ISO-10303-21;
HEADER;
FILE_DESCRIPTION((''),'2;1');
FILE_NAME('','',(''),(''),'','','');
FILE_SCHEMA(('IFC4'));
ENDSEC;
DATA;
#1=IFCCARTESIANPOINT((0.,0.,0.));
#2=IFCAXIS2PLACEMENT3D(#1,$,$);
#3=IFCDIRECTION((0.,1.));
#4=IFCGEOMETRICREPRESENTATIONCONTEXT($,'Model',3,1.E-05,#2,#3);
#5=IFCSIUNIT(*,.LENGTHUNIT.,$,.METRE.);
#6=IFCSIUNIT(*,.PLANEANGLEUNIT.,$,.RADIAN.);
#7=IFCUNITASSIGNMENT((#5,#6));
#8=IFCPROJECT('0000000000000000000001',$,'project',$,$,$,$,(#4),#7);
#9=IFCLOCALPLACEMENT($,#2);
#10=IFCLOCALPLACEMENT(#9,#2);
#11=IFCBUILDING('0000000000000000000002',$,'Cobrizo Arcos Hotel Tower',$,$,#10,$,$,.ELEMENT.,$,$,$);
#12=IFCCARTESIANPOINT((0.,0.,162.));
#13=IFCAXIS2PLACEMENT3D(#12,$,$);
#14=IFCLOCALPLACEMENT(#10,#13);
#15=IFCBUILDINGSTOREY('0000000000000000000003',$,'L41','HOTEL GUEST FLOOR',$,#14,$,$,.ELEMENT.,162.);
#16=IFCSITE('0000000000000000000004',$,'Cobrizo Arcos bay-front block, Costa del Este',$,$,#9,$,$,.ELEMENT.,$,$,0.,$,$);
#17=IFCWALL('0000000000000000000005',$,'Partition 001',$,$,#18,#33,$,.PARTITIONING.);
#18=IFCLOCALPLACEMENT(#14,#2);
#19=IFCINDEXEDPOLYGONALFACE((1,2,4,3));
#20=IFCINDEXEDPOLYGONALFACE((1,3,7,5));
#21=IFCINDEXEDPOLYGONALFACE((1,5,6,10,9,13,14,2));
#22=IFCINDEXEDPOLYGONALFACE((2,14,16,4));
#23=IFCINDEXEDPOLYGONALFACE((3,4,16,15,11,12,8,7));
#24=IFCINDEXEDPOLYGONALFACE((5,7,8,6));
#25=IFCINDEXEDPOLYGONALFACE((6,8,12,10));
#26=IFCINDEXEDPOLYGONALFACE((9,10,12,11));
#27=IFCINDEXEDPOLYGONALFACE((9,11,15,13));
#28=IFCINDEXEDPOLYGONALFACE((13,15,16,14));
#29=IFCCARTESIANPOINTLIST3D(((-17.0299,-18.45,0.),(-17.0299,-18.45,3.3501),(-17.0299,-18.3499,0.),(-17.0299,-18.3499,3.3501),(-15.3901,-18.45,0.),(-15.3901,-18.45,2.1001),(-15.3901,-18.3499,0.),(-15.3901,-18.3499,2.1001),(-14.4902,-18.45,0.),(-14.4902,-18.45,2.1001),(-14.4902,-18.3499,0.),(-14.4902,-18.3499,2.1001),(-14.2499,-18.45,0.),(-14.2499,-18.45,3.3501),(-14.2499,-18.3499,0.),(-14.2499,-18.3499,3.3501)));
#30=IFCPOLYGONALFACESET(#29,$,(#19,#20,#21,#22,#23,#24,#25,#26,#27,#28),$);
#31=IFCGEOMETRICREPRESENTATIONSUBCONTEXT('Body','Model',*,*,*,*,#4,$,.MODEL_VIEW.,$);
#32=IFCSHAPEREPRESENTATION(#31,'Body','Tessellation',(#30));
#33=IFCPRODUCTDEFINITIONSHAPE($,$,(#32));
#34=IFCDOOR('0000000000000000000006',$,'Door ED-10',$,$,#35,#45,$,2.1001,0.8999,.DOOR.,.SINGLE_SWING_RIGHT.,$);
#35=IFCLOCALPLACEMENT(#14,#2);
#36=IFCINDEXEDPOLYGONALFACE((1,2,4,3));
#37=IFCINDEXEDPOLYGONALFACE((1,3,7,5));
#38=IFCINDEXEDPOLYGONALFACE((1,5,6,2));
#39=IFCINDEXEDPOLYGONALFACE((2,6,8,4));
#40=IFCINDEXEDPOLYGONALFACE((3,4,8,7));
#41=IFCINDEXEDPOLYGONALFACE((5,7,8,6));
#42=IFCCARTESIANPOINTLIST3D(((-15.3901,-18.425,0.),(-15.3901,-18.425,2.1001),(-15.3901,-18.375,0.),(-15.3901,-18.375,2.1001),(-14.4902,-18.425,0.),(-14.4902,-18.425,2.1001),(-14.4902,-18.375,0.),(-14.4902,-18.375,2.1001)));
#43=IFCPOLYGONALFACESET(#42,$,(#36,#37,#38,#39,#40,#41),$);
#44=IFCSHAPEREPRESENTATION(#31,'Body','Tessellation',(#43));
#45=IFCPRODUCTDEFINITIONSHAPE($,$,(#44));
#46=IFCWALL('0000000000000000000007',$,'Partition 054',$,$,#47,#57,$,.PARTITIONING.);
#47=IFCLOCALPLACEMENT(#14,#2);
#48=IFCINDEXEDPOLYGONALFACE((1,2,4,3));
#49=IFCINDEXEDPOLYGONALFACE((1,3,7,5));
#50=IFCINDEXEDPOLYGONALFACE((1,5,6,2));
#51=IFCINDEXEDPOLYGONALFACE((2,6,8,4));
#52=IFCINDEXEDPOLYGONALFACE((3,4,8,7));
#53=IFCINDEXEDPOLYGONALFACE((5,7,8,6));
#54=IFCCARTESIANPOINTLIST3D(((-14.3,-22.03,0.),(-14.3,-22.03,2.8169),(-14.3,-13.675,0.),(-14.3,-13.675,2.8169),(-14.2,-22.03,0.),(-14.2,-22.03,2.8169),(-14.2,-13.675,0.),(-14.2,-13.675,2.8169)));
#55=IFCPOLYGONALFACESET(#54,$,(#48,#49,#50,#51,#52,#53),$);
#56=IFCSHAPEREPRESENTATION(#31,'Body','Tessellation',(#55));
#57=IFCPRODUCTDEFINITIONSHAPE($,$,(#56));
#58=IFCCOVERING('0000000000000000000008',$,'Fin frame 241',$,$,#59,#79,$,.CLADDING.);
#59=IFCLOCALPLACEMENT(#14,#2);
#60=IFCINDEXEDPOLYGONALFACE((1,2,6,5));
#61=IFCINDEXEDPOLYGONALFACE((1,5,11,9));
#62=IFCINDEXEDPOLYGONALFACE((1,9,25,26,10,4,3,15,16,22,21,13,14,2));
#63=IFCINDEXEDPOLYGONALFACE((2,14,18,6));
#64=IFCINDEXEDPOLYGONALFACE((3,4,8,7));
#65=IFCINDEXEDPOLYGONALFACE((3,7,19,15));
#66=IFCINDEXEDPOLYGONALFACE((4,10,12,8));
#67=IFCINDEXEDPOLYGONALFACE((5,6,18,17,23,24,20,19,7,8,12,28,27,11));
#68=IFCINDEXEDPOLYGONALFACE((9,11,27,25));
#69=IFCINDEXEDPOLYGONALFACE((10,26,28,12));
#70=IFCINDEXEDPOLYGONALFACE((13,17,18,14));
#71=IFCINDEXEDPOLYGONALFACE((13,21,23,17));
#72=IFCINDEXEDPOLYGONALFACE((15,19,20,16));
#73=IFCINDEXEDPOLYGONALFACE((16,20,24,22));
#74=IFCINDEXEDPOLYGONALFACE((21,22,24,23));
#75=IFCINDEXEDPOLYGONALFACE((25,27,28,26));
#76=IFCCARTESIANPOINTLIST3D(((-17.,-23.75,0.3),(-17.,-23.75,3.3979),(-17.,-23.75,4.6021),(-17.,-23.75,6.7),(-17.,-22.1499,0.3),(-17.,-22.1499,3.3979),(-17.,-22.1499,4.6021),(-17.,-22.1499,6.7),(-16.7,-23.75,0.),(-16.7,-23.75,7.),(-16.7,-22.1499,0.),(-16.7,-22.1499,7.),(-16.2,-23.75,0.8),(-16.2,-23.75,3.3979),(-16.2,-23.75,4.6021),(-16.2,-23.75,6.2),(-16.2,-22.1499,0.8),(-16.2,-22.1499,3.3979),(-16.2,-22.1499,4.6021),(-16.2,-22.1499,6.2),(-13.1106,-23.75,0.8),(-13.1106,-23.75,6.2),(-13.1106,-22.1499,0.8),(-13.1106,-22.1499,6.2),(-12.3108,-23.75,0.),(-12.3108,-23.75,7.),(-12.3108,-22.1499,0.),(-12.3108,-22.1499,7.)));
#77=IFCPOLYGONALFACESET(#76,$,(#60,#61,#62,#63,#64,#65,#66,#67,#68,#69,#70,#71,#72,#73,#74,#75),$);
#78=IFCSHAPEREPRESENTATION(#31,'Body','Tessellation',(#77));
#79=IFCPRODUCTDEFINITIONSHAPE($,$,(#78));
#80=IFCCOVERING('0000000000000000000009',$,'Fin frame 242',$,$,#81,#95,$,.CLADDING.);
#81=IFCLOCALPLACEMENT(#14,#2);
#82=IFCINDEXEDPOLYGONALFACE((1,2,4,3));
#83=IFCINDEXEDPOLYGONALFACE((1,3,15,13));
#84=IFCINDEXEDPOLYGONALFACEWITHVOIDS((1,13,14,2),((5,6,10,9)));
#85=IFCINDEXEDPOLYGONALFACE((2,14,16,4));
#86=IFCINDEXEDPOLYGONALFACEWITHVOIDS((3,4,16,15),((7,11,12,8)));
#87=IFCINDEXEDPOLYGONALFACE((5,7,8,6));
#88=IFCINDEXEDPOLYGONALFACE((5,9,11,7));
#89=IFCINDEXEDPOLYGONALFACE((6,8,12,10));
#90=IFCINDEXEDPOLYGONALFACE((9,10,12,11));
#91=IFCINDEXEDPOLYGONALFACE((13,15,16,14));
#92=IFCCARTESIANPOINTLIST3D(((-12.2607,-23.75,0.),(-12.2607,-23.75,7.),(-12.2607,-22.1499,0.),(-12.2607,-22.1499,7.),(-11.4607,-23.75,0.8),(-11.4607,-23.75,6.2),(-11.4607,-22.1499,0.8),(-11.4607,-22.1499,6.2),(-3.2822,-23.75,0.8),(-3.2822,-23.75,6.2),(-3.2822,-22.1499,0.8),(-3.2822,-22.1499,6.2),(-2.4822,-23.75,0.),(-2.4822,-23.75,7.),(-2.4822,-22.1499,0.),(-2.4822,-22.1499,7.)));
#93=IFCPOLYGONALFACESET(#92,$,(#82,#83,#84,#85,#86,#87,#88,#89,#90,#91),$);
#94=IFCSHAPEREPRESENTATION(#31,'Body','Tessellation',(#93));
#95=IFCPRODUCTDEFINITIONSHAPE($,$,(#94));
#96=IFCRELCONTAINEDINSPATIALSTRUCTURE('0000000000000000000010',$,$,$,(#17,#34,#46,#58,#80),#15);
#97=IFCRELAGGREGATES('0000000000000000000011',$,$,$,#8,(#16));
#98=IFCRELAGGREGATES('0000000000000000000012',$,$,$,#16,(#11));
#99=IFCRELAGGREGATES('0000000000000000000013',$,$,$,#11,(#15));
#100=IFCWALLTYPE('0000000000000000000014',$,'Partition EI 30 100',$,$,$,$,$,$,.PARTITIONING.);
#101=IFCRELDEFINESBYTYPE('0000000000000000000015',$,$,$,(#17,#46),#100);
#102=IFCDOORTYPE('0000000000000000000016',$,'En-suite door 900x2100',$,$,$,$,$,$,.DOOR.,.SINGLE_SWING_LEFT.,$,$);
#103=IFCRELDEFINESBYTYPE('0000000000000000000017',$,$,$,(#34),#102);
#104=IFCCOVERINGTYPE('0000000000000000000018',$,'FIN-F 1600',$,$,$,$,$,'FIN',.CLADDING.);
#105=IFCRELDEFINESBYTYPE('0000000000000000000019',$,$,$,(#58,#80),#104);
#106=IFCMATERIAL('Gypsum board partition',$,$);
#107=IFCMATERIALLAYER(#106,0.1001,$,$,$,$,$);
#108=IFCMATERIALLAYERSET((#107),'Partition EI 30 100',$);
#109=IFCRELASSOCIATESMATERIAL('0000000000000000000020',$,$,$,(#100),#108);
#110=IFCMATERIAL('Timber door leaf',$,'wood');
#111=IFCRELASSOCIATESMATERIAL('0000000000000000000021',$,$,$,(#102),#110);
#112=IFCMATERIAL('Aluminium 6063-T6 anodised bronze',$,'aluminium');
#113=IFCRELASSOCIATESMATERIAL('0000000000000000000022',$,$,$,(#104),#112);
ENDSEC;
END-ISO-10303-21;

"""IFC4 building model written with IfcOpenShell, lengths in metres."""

from ifc_helpers import new_model, si_unit, direction, frame, frame_2d, origin, place, context, subcontext, project, spatial, polyline, rectangle, outline, extrude, material, layer, layer_set, type_object, element, fill, save


model = new_model("IFC4")

# Units and contexts
model_context = context("Model", 3, precision=1e-05, world=origin(), true_north=direction((0.0, 1.0)))
body_context = subcontext(model_context, "Body", "Model", "MODEL_VIEW")
ifc_project = project(units=[si_unit("LENGTHUNIT", "METRE"), si_unit("PLANEANGLEUNIT", "RADIAN")], contexts=[model_context])

# Site, building, storey
site_placement = place(None, origin())
site = spatial("IfcSite", under=ifc_project, at=site_placement, Name="Cobrizo Arcos bay-front block, Costa del Este", CompositionType="ELEMENT", RefElevation=0.0)
building_placement = place(site_placement, origin())
building = spatial("IfcBuilding", under=site, at=building_placement, Name="Cobrizo Arcos Hotel Tower", CompositionType="ELEMENT")
storey_placement = place(building_placement, frame((0.0, 0.0, 162.0)))
storey = spatial("IfcBuildingStorey", under=building, at=storey_placement, Name="L41", Description="HOTEL GUEST FLOOR", CompositionType="ELEMENT", Elevation=162.0)

# Shared definitions
ifc_material_1 = material(Name="Aluminium 6063-T6 anodised bronze", Category="aluminium")

# Wall, opening, door
ifc_material_2 = material(Name="Gypsum board partition")
ifc_layer_1 = layer(ifc_material_2, 0.1001)
ifc_layer_set_1 = layer_set([ifc_layer_1], Name="Partition EI 30 100")
wall_type = type_object("IfcWallType", Name="Partition EI 30 100", PredefinedType="PARTITIONING", material=ifc_layer_set_1)
wall_1_placement = place(storey_placement, frame((-17.03, -18.3999, 0.0), z_axis=(0.0, 0.0, 1.0), x_axis=(1.0, 0.0, 0.0)))
wall_1 = element("IfcWall", 1, at=wall_1_placement, inside=storey, type_object=wall_type, Name="Partition 001", PredefinedType="PARTITIONING", context=body_context, shape_type="SweptSolid", body=[
    extrude(rectangle(XDim=2.78, YDim=0.1001, at=frame_2d((1.3901, 0.0))), origin(), (0.0, 0.0, 1.0), 3.3501),
])
opening_placement = place(wall_1_placement, frame((1.6399, 0.0, 0.0)))
opening = element("IfcOpeningElement", 2, at=opening_placement, cuts=wall_1, PredefinedType="OPENING", context=body_context, shape_type="SweptSolid", body=[
    extrude(rectangle(XDim=0.8999, YDim=2.1001, at=frame_2d((0.45, 1.05))), frame((0.0, 0.062, 0.0), z_axis=(0.0, -1.0, 0.0), x_axis=(1.0, 0.0, 0.0)), (0.0, 0.0, 1.0), 0.124),
])
ifc_material_3 = material(Name="Timber door leaf", Category="wood")
door_type = type_object("IfcDoorType", Name="En-suite door 900x2100", OperationType="SINGLE_SWING_LEFT", PredefinedType="DOOR", material=ifc_material_3)
door_placement = place(opening_placement, origin())
door = element("IfcDoor", 3, at=door_placement, inside=storey, type_object=door_type, Name="Door ED-10", OperationType="SINGLE_SWING_RIGHT", OverallHeight=2.1001, OverallWidth=0.8999, PredefinedType="DOOR", context=body_context, shape_type="SweptSolid", body=[
    extrude(rectangle(XDim=0.8999, YDim=2.1001, at=frame_2d((0.45, 1.05))), frame((0.0, 0.0249, 0.0), z_axis=(0.0, -1.0, 0.0), x_axis=(1.0, 0.0, 0.0)), (0.0, 0.0, 1.0), 0.05),
])
fill(opening, door)

# Wall
wall_2_placement = place(storey_placement, frame((-14.25, -22.03, 0.0), z_axis=(0.0, 0.0, 1.0), x_axis=(0.0, 1.0, 0.0)))
element("IfcWall", 4, at=wall_2_placement, inside=storey, type_object=wall_type, Name="Partition 054", PredefinedType="PARTITIONING", context=body_context, shape_type="SweptSolid", body=[
    extrude(rectangle(XDim=8.355, YDim=0.1001, at=frame_2d((4.1775, 0.0))), origin(), (0.0, 0.0, 1.0), 2.8169),
])

# Coverings
covering_type = type_object("IfcCoveringType", Name="FIN-F 1600", ElementType="FIN", PredefinedType="CLADDING", material=ifc_material_1)
covering_1_placement = place(storey_placement, frame((-17.0, -22.1499, 0.0), z_axis=(0.0, -1.0, 0.0), x_axis=(1.0, 0.0, 0.0)))
element("IfcCovering", 5, at=covering_1_placement, inside=storey, type_object=covering_type, Name="Fin frame 241", PredefinedType="CLADDING", context=body_context, shape_type="SweptSolid", body=[
    extrude(outline(polyline([(0.0, 6.7), (0.0, 4.6021), (0.8, 4.6021), (0.8, 6.2), (3.8894, 6.2), (3.8894, 0.8), (0.8, 0.8), (0.8, 3.3979), (0.0, 3.3979), (0.0, 0.3), (0.3, 0.0), (4.6892, 0.0), (4.6892, 7.0), (0.3, 7.0), (0.0, 6.7)])), origin(), (0.0, 0.0, 1.0), 1.6001),
])
covering_2_placement = place(storey_placement, frame((-12.2607, -22.1499, 0.0), z_axis=(0.0, -1.0, 0.0), x_axis=(1.0, 0.0, 0.0)))
element("IfcCovering", 6, at=covering_2_placement, inside=storey, type_object=covering_type, Name="Fin frame 242", PredefinedType="CLADDING", context=body_context, shape_type="SweptSolid", body=[
    extrude(outline(polyline([(0.0, 7.0), (0.0, 0.0), (9.7786, 0.0), (9.7786, 7.0), (0.0, 7.0)]), holes=[polyline([(8.9785, 0.8), (0.8, 0.8), (0.8, 6.2), (8.9785, 6.2), (8.9785, 0.8)])]), origin(), (0.0, 0.0, 1.0), 1.6001),
])

save(model, "model.ifc")
